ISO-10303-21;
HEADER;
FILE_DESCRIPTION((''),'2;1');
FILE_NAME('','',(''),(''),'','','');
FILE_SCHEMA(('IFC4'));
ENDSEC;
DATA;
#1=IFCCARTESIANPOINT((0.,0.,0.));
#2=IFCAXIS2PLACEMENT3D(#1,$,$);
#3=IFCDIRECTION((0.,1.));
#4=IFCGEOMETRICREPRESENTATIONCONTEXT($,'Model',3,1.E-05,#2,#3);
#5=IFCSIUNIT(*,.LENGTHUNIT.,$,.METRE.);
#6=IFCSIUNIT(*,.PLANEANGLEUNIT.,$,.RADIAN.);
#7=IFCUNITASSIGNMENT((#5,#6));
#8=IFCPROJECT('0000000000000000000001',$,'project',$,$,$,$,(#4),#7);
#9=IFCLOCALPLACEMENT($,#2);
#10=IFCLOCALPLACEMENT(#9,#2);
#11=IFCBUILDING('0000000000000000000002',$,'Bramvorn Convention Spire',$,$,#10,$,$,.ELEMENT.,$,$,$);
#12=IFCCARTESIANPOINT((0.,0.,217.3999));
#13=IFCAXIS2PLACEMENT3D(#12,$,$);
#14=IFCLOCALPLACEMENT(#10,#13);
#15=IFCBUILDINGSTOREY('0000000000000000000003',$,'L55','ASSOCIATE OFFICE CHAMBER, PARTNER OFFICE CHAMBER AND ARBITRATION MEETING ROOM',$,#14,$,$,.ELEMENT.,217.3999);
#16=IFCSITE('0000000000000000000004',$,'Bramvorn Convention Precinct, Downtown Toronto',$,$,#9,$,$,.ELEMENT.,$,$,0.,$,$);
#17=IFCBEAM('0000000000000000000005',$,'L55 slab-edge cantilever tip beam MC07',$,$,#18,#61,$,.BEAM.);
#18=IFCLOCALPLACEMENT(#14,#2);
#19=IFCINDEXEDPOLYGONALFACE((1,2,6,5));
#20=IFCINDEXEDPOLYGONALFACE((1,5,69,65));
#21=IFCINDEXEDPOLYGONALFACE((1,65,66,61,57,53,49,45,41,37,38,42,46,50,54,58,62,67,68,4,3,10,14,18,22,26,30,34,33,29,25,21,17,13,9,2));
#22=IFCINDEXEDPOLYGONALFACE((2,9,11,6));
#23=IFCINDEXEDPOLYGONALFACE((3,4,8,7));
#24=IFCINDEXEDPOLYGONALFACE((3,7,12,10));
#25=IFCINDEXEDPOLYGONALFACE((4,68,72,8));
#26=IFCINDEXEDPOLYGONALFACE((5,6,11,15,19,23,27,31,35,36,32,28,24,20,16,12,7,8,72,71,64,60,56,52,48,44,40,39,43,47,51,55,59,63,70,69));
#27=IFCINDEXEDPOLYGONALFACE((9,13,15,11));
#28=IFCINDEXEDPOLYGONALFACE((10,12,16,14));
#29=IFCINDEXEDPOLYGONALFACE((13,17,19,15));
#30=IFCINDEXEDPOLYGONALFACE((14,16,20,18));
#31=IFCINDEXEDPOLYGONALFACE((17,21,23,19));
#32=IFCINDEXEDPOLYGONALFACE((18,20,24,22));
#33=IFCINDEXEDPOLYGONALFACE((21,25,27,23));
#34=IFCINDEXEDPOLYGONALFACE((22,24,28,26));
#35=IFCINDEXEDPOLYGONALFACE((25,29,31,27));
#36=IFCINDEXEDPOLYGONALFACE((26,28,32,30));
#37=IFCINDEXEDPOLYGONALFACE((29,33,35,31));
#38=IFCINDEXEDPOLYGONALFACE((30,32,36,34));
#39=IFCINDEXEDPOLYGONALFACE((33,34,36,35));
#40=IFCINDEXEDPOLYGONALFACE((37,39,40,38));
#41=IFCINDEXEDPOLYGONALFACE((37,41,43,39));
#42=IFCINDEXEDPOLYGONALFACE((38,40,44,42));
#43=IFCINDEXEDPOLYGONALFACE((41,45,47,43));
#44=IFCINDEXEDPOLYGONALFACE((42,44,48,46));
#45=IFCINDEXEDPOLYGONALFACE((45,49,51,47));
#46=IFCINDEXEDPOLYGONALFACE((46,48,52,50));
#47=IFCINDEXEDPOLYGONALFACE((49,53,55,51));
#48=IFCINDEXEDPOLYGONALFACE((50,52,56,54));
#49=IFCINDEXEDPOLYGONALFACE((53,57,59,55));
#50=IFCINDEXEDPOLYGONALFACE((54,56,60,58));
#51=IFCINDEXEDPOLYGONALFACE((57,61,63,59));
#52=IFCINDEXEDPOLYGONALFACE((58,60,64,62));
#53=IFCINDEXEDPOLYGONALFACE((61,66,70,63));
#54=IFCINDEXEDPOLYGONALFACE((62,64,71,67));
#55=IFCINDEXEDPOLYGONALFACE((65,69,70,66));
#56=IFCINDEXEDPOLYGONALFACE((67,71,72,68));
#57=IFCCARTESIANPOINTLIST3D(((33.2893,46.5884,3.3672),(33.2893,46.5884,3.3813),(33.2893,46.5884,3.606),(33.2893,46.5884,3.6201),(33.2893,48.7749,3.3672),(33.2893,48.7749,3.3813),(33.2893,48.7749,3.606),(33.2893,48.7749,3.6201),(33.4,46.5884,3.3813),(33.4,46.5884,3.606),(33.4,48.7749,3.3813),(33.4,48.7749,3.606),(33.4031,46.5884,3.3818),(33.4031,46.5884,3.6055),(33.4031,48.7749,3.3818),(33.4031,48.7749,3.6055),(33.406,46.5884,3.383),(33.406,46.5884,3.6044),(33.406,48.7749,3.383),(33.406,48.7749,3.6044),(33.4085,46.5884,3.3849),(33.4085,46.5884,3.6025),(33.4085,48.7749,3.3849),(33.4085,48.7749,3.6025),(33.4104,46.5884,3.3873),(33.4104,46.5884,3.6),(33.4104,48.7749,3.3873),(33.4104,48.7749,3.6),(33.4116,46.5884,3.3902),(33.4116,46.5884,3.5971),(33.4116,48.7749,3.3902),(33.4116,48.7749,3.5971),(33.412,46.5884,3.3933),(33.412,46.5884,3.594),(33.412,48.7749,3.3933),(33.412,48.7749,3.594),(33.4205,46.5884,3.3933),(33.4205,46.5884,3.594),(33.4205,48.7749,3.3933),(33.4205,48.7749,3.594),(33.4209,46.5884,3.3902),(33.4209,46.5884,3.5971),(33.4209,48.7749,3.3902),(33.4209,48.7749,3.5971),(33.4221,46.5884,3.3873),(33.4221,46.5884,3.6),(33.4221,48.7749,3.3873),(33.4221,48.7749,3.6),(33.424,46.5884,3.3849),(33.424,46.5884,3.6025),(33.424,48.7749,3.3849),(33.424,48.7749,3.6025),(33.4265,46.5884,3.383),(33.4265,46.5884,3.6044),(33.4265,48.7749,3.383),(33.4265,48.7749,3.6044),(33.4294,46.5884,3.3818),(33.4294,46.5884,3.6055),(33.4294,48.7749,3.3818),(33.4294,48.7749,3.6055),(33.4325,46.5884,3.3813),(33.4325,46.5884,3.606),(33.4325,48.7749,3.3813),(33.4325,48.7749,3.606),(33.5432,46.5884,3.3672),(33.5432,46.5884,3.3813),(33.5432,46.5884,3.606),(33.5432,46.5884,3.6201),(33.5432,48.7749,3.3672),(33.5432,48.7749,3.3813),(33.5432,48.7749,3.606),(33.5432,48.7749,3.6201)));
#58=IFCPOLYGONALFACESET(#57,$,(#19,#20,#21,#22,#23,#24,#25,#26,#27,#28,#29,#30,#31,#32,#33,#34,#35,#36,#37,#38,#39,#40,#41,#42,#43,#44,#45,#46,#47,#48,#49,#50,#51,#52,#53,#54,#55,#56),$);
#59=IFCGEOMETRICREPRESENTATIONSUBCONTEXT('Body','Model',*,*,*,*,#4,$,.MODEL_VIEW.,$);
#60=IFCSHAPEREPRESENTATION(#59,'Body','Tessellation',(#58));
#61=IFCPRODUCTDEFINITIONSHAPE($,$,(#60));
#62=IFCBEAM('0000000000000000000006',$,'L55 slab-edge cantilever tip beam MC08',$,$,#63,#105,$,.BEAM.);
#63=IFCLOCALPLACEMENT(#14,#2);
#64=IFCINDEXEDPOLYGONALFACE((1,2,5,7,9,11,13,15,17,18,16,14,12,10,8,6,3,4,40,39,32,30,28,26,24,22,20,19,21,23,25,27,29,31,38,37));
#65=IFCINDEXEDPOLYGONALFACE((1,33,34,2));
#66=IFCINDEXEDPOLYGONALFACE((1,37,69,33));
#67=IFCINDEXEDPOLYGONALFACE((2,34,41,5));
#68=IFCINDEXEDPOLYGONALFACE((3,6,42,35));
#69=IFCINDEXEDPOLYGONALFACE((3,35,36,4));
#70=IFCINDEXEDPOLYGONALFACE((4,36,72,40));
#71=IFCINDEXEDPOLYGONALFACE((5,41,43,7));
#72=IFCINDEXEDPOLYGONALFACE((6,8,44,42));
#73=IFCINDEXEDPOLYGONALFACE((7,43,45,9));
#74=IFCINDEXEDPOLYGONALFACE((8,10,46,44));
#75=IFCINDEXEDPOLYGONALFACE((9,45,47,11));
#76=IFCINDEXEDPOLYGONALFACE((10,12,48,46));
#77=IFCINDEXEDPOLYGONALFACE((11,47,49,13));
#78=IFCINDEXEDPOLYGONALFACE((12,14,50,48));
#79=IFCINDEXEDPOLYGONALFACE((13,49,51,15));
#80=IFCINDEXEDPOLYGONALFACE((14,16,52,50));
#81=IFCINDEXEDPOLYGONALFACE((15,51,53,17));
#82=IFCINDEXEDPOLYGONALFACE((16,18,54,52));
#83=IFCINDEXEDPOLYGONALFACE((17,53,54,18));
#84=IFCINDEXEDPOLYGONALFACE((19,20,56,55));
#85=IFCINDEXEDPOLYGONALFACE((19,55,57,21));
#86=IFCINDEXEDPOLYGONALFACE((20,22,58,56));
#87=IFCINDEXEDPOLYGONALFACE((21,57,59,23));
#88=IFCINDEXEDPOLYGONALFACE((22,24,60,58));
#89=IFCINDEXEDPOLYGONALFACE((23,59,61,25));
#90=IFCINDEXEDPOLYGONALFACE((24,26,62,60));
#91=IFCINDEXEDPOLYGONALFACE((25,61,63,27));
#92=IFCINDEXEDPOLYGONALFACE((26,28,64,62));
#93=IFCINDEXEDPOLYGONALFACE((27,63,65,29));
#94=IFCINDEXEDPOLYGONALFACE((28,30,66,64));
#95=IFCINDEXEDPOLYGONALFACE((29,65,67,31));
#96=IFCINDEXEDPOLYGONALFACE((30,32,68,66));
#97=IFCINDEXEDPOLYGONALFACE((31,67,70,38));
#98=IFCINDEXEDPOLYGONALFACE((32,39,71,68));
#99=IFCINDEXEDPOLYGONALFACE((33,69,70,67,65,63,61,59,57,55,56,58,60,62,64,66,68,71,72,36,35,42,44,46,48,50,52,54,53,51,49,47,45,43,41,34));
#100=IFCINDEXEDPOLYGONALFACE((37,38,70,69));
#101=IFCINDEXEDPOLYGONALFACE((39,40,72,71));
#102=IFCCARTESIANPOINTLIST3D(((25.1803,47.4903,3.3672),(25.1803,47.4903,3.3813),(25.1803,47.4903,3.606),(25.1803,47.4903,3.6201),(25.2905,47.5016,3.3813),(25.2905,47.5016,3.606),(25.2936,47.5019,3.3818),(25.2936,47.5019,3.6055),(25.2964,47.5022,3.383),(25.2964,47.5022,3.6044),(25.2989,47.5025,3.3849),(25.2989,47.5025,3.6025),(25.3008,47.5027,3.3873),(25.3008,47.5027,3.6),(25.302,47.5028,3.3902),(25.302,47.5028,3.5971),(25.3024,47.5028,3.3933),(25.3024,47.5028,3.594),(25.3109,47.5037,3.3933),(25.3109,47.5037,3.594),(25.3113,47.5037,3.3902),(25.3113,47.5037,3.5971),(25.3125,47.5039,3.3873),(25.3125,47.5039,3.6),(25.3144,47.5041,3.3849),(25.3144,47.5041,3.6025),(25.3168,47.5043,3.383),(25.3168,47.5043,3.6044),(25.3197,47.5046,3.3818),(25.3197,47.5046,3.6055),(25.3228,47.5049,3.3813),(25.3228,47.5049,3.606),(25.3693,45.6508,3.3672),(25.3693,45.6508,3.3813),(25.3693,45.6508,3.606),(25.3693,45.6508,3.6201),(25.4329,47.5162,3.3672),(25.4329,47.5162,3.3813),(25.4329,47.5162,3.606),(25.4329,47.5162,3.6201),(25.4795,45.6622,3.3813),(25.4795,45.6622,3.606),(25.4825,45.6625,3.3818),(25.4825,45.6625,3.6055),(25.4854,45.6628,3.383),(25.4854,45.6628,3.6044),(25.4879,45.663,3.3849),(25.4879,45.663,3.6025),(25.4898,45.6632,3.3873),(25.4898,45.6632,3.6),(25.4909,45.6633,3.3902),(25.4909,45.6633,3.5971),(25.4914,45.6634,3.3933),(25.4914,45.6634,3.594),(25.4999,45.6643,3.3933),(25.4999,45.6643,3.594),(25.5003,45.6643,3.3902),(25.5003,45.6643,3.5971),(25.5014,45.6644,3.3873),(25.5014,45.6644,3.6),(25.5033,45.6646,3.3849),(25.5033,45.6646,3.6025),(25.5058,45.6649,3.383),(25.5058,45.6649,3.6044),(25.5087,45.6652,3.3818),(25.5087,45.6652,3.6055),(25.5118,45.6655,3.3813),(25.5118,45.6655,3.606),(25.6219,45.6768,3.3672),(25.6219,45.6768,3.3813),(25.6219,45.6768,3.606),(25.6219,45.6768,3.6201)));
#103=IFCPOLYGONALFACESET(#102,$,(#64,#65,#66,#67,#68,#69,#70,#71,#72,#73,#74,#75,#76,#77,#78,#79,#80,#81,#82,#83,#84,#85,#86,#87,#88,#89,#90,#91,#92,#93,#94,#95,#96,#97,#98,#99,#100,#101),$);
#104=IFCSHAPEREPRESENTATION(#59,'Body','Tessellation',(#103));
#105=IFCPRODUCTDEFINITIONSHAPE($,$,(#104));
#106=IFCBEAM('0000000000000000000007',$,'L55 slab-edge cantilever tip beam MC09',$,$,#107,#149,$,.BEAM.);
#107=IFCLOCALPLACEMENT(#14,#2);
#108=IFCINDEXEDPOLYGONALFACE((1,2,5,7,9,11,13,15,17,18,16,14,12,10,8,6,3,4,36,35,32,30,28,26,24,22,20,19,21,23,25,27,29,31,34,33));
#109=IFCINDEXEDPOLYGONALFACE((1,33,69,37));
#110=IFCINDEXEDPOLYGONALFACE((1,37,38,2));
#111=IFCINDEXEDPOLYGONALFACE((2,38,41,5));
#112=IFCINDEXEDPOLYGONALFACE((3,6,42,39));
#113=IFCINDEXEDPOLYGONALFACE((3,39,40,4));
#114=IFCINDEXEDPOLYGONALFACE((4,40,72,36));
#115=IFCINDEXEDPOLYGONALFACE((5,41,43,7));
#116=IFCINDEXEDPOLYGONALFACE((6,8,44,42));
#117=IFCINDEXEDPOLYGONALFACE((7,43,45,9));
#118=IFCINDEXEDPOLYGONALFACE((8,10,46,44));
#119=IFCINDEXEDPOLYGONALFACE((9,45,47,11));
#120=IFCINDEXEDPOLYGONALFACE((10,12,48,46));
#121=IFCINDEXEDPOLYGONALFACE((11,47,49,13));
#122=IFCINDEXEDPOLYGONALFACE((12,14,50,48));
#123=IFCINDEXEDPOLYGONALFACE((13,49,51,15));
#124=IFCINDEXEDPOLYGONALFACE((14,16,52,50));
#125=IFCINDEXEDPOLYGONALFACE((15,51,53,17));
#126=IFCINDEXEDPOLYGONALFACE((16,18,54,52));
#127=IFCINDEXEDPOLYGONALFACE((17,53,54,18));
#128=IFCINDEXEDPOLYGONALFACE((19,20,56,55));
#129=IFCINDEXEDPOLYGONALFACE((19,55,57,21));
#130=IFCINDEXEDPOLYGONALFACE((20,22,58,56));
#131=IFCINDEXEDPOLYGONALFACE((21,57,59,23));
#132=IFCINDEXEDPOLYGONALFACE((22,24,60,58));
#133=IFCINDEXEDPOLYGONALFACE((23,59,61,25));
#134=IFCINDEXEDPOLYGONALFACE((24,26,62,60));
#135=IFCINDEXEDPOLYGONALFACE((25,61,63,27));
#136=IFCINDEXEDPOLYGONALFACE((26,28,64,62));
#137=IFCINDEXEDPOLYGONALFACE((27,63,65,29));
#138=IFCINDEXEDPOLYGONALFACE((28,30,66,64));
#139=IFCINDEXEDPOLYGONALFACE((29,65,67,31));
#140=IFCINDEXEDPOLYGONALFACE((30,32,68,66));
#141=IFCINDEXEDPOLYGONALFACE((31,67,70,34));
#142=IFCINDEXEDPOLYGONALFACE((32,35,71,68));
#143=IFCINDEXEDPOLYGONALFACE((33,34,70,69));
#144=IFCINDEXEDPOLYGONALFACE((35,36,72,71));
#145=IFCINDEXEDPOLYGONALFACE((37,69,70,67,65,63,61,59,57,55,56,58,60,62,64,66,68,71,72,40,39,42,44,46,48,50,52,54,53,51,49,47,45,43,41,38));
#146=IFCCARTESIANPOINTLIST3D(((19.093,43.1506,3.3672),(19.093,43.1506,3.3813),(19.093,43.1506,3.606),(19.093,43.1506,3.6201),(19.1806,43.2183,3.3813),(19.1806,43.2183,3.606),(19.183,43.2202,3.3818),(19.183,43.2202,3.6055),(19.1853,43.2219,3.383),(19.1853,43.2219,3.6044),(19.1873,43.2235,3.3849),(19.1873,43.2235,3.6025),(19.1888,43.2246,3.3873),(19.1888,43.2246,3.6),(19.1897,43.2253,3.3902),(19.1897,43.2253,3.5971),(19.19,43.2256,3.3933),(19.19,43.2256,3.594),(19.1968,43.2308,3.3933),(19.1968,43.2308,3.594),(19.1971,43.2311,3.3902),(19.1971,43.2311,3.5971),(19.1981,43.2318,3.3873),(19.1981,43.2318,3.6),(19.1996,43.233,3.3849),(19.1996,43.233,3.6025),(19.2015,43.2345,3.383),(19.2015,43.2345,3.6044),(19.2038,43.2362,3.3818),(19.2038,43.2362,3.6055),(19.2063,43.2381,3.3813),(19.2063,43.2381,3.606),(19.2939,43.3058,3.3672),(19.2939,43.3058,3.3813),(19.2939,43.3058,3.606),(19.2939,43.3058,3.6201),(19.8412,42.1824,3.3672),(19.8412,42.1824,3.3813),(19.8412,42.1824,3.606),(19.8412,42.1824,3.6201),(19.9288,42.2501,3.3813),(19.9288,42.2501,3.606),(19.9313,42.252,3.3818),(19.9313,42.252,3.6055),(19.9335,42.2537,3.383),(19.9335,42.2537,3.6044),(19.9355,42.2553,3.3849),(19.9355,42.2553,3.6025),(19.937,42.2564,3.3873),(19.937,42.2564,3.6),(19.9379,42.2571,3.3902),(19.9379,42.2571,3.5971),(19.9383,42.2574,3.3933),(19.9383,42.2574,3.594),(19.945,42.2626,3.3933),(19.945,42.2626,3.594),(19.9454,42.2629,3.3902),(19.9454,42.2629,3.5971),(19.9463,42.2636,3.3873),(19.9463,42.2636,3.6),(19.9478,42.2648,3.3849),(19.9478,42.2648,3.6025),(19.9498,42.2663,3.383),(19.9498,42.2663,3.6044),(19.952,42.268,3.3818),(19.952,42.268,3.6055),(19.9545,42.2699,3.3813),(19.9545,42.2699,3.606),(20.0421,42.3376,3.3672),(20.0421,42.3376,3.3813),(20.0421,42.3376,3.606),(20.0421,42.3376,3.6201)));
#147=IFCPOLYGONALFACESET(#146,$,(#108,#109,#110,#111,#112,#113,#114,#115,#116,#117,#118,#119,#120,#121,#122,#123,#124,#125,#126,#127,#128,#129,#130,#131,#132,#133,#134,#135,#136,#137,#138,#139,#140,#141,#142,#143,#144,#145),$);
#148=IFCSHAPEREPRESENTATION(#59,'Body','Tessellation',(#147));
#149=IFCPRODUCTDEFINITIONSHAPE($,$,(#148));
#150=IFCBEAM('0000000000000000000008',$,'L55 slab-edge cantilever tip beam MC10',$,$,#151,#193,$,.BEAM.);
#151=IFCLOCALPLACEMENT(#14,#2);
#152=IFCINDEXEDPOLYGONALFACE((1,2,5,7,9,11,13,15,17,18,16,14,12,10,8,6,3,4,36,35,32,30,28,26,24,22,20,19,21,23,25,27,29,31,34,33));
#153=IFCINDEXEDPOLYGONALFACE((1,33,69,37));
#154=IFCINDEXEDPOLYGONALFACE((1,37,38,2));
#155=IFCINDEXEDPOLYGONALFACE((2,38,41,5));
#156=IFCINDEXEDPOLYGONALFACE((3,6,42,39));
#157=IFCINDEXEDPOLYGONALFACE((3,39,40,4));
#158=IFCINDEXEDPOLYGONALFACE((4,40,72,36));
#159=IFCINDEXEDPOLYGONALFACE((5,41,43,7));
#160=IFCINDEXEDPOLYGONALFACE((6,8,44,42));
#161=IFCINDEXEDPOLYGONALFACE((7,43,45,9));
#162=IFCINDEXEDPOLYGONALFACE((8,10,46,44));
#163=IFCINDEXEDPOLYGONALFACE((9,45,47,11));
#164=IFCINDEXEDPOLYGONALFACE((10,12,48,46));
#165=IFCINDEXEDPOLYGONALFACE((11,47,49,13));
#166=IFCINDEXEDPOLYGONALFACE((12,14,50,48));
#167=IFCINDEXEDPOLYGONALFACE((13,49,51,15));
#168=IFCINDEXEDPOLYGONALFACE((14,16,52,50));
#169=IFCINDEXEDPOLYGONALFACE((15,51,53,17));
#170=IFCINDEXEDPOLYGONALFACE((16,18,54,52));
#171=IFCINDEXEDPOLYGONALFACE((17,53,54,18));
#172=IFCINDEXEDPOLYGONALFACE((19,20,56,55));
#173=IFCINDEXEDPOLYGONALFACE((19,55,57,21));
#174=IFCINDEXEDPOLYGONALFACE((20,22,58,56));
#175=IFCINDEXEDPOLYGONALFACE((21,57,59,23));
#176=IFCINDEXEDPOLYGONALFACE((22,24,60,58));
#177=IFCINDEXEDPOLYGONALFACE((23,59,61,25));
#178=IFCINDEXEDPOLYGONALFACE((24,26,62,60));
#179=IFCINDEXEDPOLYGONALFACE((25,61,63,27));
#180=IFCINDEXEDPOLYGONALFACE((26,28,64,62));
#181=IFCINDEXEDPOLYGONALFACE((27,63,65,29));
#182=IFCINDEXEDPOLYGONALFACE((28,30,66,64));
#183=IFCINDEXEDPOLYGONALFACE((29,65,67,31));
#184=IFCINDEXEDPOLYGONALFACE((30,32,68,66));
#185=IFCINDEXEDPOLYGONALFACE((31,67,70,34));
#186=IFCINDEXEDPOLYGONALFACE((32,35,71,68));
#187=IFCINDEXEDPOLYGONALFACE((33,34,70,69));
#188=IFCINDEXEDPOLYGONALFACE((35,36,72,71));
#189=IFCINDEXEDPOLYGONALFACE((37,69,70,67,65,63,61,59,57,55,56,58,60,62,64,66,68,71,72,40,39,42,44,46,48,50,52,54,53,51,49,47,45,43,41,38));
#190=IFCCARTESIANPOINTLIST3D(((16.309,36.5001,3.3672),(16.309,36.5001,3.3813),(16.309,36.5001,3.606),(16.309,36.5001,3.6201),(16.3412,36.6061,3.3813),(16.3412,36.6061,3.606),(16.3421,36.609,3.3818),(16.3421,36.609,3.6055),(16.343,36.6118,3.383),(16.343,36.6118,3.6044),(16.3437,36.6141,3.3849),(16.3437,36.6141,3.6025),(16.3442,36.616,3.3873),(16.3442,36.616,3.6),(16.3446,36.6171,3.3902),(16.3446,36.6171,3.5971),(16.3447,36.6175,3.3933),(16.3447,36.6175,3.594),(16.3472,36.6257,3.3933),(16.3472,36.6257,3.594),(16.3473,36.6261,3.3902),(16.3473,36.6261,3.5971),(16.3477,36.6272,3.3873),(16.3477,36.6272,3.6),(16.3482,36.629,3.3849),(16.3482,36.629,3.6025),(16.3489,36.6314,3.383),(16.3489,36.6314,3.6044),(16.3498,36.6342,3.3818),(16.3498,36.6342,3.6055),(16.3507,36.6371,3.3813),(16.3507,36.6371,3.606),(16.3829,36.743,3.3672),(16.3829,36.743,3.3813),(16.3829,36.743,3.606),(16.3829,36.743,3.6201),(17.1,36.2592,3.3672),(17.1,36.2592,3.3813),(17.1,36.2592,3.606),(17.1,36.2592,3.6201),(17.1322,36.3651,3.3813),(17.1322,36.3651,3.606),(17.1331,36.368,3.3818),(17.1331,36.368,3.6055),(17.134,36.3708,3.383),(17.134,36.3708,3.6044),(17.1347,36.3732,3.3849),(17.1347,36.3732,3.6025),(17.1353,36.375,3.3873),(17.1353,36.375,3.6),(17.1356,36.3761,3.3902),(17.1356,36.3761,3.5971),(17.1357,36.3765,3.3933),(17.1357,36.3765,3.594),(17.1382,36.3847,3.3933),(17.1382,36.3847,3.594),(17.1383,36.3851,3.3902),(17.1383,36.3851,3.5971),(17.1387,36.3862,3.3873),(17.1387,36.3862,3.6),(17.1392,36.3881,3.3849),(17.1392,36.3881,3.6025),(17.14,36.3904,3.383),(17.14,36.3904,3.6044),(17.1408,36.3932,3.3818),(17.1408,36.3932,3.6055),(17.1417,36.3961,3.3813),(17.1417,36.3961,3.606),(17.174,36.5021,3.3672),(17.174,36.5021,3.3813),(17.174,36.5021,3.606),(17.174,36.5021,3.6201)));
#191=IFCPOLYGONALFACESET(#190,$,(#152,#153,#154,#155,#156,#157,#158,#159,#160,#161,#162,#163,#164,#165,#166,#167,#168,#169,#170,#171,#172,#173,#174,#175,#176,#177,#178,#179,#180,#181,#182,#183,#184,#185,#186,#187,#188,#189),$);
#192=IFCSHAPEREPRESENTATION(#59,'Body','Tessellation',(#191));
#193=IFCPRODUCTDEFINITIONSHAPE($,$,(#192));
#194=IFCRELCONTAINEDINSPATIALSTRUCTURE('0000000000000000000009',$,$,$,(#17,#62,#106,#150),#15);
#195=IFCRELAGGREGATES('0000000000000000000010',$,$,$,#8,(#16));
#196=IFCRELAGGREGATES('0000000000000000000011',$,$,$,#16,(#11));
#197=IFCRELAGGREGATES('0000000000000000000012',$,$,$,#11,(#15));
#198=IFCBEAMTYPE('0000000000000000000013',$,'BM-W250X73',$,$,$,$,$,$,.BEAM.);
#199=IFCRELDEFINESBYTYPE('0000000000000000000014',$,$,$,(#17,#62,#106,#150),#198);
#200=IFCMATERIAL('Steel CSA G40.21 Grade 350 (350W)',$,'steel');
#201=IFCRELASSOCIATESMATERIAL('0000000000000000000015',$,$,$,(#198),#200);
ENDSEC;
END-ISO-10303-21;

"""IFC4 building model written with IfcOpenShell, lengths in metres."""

from ifc_helpers import new_model, si_unit, direction, frame, origin, origin_2d, place, context, subcontext, project, spatial, i_section, extrude, material, material_profile, profile_set, type_object, element, save


model = new_model("IFC4")

# Units and contexts
model_context = context("Model", 3, precision=1e-05, world=origin(), true_north=direction((0.0, 1.0)))
body_context = subcontext(model_context, "Body", "Model", "MODEL_VIEW")
ifc_project = project(units=[si_unit("LENGTHUNIT", "METRE"), si_unit("PLANEANGLEUNIT", "RADIAN")], contexts=[model_context])

# Site, building, storey
site_placement = place(None, origin())
site = spatial("IfcSite", under=ifc_project, at=site_placement, Name="Bramvorn Convention Precinct, Downtown Toronto", CompositionType="ELEMENT", RefElevation=0.0)
building_placement = place(site_placement, origin())
building = spatial("IfcBuilding", under=site, at=building_placement, Name="Bramvorn Convention Spire", CompositionType="ELEMENT")
storey_placement = place(building_placement, frame((0.0, 0.0, 217.3999)))
storey = spatial("IfcBuildingStorey", under=building, at=storey_placement, Name="L55", Description="ASSOCIATE OFFICE CHAMBER, PARTNER OFFICE CHAMBER AND ARBITRATION MEETING ROOM", CompositionType="ELEMENT", Elevation=217.3999)

# Shared definitions
ifc_material_1 = material(Name="Steel CSA G40.21 Grade 350 (350W)", Category="steel")

# Beams
ifc_material_profile_1 = material_profile(ifc_material_1, i_section(OverallWidth=0.2539, OverallDepth=0.2529, WebThickness=0.0085, FlangeThickness=0.0142, FilletRadius=0.012, at=origin_2d()))
ifc_profile_set_1 = profile_set([ifc_material_profile_1], Name="Steel CSA G40.21 Grade 350 (350W) - W250X73")
beam_type_1 = type_object("IfcBeamType", Name="BM-W250X73", PredefinedType="BEAM", material=ifc_profile_set_1)
beam_1_placement = place(storey_placement, frame((33.4163, 46.5884, 3.4937), z_axis=(0.0, 1.0, 0.0), x_axis=(-1.0, 0.0, 0.0)))
element("IfcBeam", 1, at=beam_1_placement, inside=storey, type_object=beam_type_1, Name="L55 slab-edge cantilever tip beam MC07", PredefinedType="BEAM", context=body_context, shape_type="SweptSolid", body=[
    extrude(i_section(OverallWidth=0.2539, OverallDepth=0.2529, WebThickness=0.0085, FlangeThickness=0.0142, FilletRadius=0.012, at=origin_2d()), origin(), (0.0, 0.0, 1.0), 2.1865),
])
beam_2_placement = place(storey_placement, frame((25.4956, 45.6638, 3.4937), z_axis=(-0.102196, 0.994764, 0.0), x_axis=(-0.994764, -0.102196, 0.0)))
element("IfcBeam", 2, at=beam_2_placement, inside=storey, type_object=beam_type_1, Name="L55 slab-edge cantilever tip beam MC08", PredefinedType="BEAM", context=body_context, shape_type="SweptSolid", body=[
    extrude(i_section(OverallWidth=0.2539, OverallDepth=0.2529, WebThickness=0.0085, FlangeThickness=0.0142, FilletRadius=0.012, at=origin_2d()), origin(), (0.0, 0.0, 1.0), 1.8491),
])
beam_3_placement = place(storey_placement, frame((19.9417, 42.26, 3.4937), z_axis=(-0.611493, 0.79125, 0.0), x_axis=(-0.79125, -0.611493, 0.0)))
element("IfcBeam", 3, at=beam_3_placement, inside=storey, type_object=beam_type_1, Name="L55 slab-edge cantilever tip beam MC09", PredefinedType="BEAM", context=body_context, shape_type="SweptSolid", body=[
    extrude(i_section(OverallWidth=0.2539, OverallDepth=0.2529, WebThickness=0.0085, FlangeThickness=0.0142, FilletRadius=0.012, at=origin_2d()), origin(), (0.0, 0.0, 1.0), 1.2236),
])
beam_4_placement = place(storey_placement, frame((17.137, 36.3806, 3.4937), z_axis=(-0.956599, 0.291408, 0.0), x_axis=(-0.291408, -0.956599, 0.0)))
element("IfcBeam", 4, at=beam_4_placement, inside=storey, type_object=beam_type_1, Name="L55 slab-edge cantilever tip beam MC10", PredefinedType="BEAM", context=body_context, shape_type="SweptSolid", body=[
    extrude(i_section(OverallWidth=0.2539, OverallDepth=0.2529, WebThickness=0.0085, FlangeThickness=0.0142, FilletRadius=0.012, at=origin_2d()), origin(), (0.0, 0.0, 1.0), 0.8269),
])

save(model, "model.ifc")
